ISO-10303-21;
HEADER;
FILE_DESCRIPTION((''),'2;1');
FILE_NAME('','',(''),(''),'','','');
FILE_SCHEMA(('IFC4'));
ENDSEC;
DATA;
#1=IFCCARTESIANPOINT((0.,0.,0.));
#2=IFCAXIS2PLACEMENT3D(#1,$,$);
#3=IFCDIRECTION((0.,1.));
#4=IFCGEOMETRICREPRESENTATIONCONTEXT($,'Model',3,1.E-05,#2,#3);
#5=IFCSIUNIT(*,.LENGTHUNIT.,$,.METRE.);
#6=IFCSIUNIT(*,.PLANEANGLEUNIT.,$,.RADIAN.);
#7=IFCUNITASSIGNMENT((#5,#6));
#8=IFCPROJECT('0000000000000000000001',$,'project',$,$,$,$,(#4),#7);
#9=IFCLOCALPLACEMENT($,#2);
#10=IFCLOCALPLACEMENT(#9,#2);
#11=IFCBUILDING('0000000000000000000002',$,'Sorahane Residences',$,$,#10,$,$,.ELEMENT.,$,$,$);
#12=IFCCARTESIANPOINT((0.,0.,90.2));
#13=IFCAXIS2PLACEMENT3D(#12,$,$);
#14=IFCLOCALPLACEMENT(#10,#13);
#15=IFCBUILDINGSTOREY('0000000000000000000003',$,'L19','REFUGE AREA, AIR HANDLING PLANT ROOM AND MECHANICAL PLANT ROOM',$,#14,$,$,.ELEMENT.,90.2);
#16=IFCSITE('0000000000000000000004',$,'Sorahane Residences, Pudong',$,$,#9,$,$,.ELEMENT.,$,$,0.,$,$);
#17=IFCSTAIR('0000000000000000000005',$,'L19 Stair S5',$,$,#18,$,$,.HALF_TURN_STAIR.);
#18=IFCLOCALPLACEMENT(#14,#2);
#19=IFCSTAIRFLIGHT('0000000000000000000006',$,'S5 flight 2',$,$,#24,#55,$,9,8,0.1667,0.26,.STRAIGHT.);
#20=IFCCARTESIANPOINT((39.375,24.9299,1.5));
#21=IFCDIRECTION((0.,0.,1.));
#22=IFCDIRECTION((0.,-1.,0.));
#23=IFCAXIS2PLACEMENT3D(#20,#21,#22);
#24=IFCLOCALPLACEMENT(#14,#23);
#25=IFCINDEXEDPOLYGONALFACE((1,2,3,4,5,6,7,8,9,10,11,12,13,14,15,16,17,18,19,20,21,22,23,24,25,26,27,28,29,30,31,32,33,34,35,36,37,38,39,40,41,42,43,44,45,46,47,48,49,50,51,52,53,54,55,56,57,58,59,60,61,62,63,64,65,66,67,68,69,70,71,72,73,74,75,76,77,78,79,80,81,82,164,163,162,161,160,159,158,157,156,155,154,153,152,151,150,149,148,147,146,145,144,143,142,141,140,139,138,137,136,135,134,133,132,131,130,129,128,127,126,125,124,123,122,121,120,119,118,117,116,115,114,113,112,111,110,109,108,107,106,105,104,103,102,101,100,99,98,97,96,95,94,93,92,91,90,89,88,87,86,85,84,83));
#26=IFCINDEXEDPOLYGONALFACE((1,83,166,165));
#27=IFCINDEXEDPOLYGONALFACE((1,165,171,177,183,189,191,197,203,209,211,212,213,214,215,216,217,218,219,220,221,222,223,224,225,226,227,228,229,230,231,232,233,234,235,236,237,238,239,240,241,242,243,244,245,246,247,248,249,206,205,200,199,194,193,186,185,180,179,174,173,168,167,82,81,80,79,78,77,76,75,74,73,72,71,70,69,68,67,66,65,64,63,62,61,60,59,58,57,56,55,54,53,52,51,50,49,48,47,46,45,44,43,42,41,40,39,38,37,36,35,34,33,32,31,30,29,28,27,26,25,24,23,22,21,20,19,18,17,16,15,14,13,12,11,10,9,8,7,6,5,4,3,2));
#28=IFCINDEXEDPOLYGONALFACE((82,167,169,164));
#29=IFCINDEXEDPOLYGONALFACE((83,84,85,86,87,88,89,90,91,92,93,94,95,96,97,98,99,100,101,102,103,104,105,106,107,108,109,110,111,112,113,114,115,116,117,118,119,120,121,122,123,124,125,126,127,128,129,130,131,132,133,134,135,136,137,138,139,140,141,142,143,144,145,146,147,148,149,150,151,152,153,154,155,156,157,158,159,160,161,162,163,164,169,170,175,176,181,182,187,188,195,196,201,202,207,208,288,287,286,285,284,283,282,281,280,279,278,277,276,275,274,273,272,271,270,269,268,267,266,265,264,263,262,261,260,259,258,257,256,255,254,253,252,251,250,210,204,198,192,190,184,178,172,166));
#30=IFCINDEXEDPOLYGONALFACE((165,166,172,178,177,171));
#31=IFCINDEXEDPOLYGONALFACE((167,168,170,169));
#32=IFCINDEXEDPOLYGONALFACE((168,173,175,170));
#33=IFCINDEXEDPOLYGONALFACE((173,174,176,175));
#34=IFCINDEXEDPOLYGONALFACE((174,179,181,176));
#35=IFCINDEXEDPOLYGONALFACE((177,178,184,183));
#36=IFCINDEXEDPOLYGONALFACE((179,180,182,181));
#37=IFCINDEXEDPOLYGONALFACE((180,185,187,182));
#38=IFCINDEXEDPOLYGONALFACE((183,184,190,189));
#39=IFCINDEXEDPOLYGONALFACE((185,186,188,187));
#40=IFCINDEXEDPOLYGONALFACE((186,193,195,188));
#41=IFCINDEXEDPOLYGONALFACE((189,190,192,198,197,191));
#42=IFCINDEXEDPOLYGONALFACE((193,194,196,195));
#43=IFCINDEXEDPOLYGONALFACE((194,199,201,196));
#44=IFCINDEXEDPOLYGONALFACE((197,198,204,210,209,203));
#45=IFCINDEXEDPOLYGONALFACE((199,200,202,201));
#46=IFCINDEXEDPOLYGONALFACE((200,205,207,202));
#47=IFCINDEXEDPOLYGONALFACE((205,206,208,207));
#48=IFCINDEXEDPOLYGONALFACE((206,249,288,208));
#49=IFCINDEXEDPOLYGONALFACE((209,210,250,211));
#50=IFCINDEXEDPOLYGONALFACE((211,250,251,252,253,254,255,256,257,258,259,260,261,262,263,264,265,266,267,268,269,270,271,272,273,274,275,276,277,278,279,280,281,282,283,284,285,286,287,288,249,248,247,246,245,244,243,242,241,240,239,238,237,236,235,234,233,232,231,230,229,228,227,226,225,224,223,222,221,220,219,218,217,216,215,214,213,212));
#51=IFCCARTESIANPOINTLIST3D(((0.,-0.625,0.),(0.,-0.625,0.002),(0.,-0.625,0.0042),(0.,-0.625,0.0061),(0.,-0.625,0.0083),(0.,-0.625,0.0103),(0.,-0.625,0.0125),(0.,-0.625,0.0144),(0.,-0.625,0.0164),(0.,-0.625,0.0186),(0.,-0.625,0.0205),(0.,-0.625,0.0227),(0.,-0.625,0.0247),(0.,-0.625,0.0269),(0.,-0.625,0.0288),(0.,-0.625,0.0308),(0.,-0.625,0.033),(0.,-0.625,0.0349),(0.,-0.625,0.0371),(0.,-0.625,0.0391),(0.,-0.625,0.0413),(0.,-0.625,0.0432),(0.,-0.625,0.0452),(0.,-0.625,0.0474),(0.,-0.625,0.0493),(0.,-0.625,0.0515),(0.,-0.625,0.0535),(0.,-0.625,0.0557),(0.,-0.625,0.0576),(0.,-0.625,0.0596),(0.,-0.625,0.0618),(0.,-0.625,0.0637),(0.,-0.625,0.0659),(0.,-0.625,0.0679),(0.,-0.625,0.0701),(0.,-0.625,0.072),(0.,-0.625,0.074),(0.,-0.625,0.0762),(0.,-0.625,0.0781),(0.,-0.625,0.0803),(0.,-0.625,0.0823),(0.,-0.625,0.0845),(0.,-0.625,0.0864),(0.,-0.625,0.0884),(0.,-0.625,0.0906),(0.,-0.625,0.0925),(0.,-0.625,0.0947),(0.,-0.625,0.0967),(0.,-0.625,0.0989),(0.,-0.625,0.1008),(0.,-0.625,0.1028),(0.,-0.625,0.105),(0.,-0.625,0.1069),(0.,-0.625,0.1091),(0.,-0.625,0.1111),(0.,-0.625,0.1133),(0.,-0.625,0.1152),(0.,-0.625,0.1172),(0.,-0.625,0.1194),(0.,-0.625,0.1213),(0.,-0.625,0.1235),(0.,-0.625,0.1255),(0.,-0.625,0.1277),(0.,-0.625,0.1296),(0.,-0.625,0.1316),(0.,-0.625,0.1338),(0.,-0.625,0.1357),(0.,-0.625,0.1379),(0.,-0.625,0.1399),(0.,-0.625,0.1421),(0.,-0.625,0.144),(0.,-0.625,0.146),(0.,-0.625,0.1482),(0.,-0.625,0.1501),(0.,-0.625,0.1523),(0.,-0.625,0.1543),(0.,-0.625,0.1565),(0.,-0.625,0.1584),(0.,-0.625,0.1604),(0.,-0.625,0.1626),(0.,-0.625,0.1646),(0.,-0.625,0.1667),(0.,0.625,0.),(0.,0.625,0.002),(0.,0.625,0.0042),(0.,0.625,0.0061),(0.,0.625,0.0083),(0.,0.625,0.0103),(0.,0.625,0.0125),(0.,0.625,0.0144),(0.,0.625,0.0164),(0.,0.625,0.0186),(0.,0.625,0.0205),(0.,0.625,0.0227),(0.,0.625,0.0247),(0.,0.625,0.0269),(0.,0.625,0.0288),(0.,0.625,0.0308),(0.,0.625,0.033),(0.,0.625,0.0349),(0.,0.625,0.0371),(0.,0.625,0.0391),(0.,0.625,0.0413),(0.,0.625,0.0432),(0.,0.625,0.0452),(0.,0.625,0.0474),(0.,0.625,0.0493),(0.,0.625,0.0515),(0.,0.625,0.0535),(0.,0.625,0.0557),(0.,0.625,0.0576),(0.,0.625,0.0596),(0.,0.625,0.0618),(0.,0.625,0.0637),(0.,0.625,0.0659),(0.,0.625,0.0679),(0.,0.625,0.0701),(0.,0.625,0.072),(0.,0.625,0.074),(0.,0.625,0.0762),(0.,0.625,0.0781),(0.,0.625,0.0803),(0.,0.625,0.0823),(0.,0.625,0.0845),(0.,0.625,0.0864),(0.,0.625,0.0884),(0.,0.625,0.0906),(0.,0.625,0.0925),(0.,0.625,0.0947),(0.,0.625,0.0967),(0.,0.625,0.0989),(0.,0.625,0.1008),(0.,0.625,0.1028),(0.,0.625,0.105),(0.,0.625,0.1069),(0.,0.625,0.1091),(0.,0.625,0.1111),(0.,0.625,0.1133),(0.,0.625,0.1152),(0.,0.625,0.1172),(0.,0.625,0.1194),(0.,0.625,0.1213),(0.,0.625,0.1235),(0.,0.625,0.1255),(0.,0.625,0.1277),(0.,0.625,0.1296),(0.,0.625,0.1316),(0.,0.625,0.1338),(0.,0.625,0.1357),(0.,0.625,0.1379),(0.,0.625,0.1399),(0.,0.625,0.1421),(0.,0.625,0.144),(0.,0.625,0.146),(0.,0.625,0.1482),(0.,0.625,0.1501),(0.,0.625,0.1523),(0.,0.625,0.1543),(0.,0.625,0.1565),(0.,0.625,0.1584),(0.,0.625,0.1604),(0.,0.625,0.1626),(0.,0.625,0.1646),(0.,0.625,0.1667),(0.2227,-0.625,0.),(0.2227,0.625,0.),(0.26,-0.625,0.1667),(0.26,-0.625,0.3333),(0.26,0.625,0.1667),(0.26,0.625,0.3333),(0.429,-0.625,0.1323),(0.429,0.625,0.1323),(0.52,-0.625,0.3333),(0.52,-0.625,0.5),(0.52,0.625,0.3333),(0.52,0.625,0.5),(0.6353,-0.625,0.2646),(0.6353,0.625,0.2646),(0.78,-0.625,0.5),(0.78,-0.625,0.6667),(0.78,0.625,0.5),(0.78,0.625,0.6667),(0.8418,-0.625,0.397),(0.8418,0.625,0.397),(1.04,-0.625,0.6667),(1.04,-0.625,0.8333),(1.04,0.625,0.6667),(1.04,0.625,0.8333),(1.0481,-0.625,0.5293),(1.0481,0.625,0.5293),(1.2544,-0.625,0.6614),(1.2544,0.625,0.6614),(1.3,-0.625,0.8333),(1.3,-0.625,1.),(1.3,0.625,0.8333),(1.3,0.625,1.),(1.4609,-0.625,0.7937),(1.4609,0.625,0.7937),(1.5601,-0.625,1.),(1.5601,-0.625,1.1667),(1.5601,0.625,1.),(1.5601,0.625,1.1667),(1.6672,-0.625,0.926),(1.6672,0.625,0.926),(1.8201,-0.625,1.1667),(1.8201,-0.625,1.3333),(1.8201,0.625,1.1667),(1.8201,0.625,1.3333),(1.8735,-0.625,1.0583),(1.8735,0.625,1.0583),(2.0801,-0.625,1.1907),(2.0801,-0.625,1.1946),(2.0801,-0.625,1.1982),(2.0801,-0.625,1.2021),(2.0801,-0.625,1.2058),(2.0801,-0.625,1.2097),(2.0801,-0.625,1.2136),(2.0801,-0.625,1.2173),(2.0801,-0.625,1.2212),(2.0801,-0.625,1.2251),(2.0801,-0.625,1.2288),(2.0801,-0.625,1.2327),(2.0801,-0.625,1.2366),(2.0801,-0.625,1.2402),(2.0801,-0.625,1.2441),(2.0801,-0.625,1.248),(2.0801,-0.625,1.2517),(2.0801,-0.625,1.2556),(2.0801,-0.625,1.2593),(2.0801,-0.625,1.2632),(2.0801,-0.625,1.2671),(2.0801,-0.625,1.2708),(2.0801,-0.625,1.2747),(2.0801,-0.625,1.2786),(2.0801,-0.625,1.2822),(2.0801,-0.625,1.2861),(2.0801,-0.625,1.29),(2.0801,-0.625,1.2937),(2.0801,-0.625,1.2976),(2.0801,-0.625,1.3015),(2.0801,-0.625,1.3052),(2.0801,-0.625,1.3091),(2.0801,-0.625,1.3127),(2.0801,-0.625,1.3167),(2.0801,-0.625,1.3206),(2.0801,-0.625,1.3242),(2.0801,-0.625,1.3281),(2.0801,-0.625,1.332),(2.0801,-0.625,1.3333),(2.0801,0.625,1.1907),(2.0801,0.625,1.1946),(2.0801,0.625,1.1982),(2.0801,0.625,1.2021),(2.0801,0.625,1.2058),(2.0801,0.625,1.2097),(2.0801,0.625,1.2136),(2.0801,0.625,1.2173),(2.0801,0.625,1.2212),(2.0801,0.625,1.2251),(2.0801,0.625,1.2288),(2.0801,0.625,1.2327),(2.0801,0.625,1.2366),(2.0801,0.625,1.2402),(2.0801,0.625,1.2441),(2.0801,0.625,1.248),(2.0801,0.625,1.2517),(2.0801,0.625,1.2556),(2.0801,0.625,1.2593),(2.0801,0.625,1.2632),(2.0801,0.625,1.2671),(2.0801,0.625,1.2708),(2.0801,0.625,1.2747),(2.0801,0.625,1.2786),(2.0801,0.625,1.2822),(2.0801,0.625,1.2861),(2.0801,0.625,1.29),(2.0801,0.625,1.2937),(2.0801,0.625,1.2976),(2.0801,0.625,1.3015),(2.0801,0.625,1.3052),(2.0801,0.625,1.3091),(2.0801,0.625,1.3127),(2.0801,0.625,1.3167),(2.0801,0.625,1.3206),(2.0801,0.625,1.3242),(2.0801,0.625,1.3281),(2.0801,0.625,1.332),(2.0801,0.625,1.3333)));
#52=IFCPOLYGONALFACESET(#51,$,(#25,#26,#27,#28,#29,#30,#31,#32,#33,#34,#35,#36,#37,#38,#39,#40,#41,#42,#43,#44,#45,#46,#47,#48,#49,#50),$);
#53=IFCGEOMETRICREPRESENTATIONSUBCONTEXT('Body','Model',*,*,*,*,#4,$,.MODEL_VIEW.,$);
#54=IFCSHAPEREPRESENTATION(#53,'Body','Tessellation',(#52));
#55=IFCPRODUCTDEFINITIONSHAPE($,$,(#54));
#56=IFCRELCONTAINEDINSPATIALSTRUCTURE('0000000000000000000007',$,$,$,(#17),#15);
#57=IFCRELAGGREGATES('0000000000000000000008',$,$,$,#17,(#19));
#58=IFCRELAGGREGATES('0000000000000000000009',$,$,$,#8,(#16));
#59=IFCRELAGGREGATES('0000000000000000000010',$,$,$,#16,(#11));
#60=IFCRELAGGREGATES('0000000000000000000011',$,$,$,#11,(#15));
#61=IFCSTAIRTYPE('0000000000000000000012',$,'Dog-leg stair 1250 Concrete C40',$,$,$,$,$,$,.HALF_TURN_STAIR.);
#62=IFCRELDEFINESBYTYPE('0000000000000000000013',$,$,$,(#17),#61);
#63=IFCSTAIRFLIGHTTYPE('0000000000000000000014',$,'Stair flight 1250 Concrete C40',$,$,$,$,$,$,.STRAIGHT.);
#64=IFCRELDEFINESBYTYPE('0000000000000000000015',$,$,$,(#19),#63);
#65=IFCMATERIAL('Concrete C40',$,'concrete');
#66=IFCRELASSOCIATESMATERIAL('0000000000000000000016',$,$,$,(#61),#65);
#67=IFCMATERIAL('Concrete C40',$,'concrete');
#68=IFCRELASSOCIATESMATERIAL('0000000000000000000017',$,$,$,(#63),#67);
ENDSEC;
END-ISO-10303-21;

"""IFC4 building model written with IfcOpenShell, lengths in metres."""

from ifc_helpers import new_model, si_unit, direction, frame, origin, place, context, subcontext, project, spatial, polyline, outline, extrude, material, type_object, element, aggregate, save


model = new_model("IFC4")

# Units and contexts
model_context = context("Model", 3, precision=1e-05, world=origin(), true_north=direction((0.0, 1.0)))
body_context = subcontext(model_context, "Body", "Model", "MODEL_VIEW")
ifc_project = project(units=[si_unit("LENGTHUNIT", "METRE"), si_unit("PLANEANGLEUNIT", "RADIAN")], contexts=[model_context])

# Site, building, storey
site_placement = place(None, origin())
site = spatial("IfcSite", under=ifc_project, at=site_placement, Name="Sorahane Residences, Pudong", CompositionType="ELEMENT", RefElevation=0.0)
building_placement = place(site_placement, origin())
building = spatial("IfcBuilding", under=site, at=building_placement, Name="Sorahane Residences", CompositionType="ELEMENT")
storey_placement = place(building_placement, frame((0.0, 0.0, 90.2)))
storey = spatial("IfcBuildingStorey", under=building, at=storey_placement, Name="L19", Description="REFUGE AREA, AIR HANDLING PLANT ROOM AND MECHANICAL PLANT ROOM", CompositionType="ELEMENT", Elevation=90.2)

# Shared definitions
ifc_material_1 = material(Name="Concrete C40", Category="concrete")
stair_type = type_object("IfcStairType", Name="Dog-leg stair 1250 Concrete C40", PredefinedType="HALF_TURN_STAIR", material=ifc_material_1)
ifc_material_2 = material(Name="Concrete C40", Category="concrete")
stair_flight_type = type_object("IfcStairFlightType", Name="Stair flight 1250 Concrete C40", PredefinedType="STRAIGHT", material=ifc_material_2)

# Stair, stair flight
stair_1_placement = place(storey_placement, origin())
stair_1 = element("IfcStair", 1, at=stair_1_placement, inside=storey, type_object=stair_type, Name="L19 Stair S5", PredefinedType="HALF_TURN_STAIR")
stair_flight_1_placement = place(storey_placement, frame((39.375, 24.9299, 1.5), z_axis=(0.0, 0.0, 1.0), x_axis=(0.0, -1.0, 0.0)))
stair_flight_1 = element("IfcStairFlight", 2, at=stair_flight_1_placement, type_object=stair_flight_type, Name="S5 flight 2", NumberOfRisers=9, NumberOfTreads=8, PredefinedType="STRAIGHT", RiserHeight=0.1667, TreadLength=0.26, context=body_context, shape_type="SweptSolid", body=[
    extrude(outline(polyline([(0.0, 0.0), (0.0, 0.002), (0.0, 0.0042), (0.0, 0.0061), (0.0, 0.0083), (0.0, 0.0103), (0.0, 0.0125), (0.0, 0.0144), (0.0, 0.0164), (0.0, 0.0186), (0.0, 0.0205), (0.0, 0.0227), (0.0, 0.0247), (0.0, 0.0269), (0.0, 0.0288), (0.0, 0.0308), (0.0, 0.033), (0.0, 0.0349), (0.0, 0.0371), (0.0, 0.0391), (0.0, 0.0413), (0.0, 0.0432), (0.0, 0.0452), (0.0, 0.0474), (0.0, 0.0493), (0.0, 0.0515), (0.0, 0.0535), (0.0, 0.0557), (0.0, 0.0576), (0.0, 0.0596), (0.0, 0.0618), (0.0, 0.0637), (0.0, 0.0659), (0.0, 0.0679), (0.0, 0.0701), (0.0, 0.072), (0.0, 0.074), (0.0, 0.0762), (0.0, 0.0781), (0.0, 0.0803), (0.0, 0.0823), (0.0, 0.0845), (0.0, 0.0864), (0.0, 0.0884), (0.0, 0.0906), (0.0, 0.0925), (0.0, 0.0947), (0.0, 0.0967), (0.0, 0.0989), (0.0, 0.1008), (0.0, 0.1028), (0.0, 0.105), (0.0, 0.1069), (0.0, 0.1091), (0.0, 0.1111), (0.0, 0.1133), (0.0, 0.1152), (0.0, 0.1172), (0.0, 0.1194), (0.0, 0.1213), (0.0, 0.1235), (0.0, 0.1255), (0.0, 0.1277), (0.0, 0.1296), (0.0, 0.1316), (0.0, 0.1338), (0.0, 0.1357), (0.0, 0.1379), (0.0, 0.1399), (0.0, 0.1421), (0.0, 0.144), (0.0, 0.146), (0.0, 0.1482), (0.0, 0.1501), (0.0, 0.1523), (0.0, 0.1543), (0.0, 0.1565), (0.0, 0.1584), (0.0, 0.1604), (0.0, 0.1626), (0.0, 0.1646), (0.0, 0.1667), (0.26, 0.1667), (0.26, 0.3333), (0.52, 0.3333), (0.52, 0.5), (0.78, 0.5), (0.78, 0.6667), (1.04, 0.6667), (1.04, 0.8333), (1.3, 0.8333), (1.3, 1.0), (1.5601, 1.0), (1.5601, 1.1667), (1.8201, 1.1667), (1.8201, 1.3333), (2.0801, 1.3333), (2.0801, 1.5), (2.0801, 1.4961), (2.0801, 1.4924), (2.0801, 1.4885), (2.0801, 1.4846), (2.0801, 1.481), (2.0801, 1.4771), (2.0801, 1.4731), (2.0801, 1.4695), (2.0801, 1.4656), (2.0801, 1.4619), (2.0801, 1.458), (2.0801, 1.4541), (2.0801, 1.4504), (2.0801, 1.4465), (2.0801, 1.4426), (2.0801, 1.439), (2.0801, 1.4351), (2.0801, 1.4312), (2.0801, 1.4275), (2.0801, 1.4236), (2.0801, 1.4197), (2.0801, 1.416), (2.0801, 1.4121), (2.0801, 1.4084), (2.0801, 1.4045), (2.0801, 1.4006), (2.0801, 1.397), (2.0801, 1.3931), (2.0801, 1.3892), (2.0801, 1.3855), (2.0801, 1.3816), (2.0801, 1.3777), (2.0801, 1.374), (2.0801, 1.3701), (2.0801, 1.3662), (2.0801, 1.3625), (2.0801, 1.3586), (2.0801, 1.355), (2.0801, 1.3511), (2.0801, 1.3472), (2.0801, 1.3435), (2.0801, 1.3396), (2.0801, 1.3357), (2.0801, 1.332), (2.0801, 1.3281), (2.0801, 1.3242), (2.0801, 1.3206), (2.0801, 1.3167), (2.0801, 1.3127), (2.0801, 1.3091), (2.0801, 1.3052), (2.0801, 1.3015), (2.0801, 1.2976), (2.0801, 1.2937), (2.0801, 1.29), (2.0801, 1.2861), (2.0801, 1.2822), (2.0801, 1.2786), (2.0801, 1.2747), (2.0801, 1.2708), (2.0801, 1.2671), (2.0801, 1.2632), (2.0801, 1.2593), (2.0801, 1.2556), (2.0801, 1.2517), (2.0801, 1.248), (2.0801, 1.2441), (2.0801, 1.2402), (2.0801, 1.2366), (2.0801, 1.2327), (2.0801, 1.2288), (2.0801, 1.2251), (2.0801, 1.2212), (2.0801, 1.2173), (2.0801, 1.2136), (2.0801, 1.2097), (2.0801, 1.2058), (2.0801, 1.2021), (2.0801, 1.1982), (2.0801, 1.1946), (2.0801, 1.1907), (1.8735, 1.0583), (1.6672, 0.926), (1.4609, 0.7937), (1.2544, 0.6614), (1.0481, 0.5293), (0.8418, 0.397), (0.6353, 0.2646), (0.429, 0.1323), (0.2227, 0.0), (0.0, 0.0)])), frame((0.0, 0.625, 0.0), z_axis=(0.0, -1.0, 0.0), x_axis=(1.0, 0.0, 0.0)), (0.0, 0.0, 1.0), 1.25),
])
aggregate(stair_1, [stair_flight_1])

save(model, "model.ifc")
